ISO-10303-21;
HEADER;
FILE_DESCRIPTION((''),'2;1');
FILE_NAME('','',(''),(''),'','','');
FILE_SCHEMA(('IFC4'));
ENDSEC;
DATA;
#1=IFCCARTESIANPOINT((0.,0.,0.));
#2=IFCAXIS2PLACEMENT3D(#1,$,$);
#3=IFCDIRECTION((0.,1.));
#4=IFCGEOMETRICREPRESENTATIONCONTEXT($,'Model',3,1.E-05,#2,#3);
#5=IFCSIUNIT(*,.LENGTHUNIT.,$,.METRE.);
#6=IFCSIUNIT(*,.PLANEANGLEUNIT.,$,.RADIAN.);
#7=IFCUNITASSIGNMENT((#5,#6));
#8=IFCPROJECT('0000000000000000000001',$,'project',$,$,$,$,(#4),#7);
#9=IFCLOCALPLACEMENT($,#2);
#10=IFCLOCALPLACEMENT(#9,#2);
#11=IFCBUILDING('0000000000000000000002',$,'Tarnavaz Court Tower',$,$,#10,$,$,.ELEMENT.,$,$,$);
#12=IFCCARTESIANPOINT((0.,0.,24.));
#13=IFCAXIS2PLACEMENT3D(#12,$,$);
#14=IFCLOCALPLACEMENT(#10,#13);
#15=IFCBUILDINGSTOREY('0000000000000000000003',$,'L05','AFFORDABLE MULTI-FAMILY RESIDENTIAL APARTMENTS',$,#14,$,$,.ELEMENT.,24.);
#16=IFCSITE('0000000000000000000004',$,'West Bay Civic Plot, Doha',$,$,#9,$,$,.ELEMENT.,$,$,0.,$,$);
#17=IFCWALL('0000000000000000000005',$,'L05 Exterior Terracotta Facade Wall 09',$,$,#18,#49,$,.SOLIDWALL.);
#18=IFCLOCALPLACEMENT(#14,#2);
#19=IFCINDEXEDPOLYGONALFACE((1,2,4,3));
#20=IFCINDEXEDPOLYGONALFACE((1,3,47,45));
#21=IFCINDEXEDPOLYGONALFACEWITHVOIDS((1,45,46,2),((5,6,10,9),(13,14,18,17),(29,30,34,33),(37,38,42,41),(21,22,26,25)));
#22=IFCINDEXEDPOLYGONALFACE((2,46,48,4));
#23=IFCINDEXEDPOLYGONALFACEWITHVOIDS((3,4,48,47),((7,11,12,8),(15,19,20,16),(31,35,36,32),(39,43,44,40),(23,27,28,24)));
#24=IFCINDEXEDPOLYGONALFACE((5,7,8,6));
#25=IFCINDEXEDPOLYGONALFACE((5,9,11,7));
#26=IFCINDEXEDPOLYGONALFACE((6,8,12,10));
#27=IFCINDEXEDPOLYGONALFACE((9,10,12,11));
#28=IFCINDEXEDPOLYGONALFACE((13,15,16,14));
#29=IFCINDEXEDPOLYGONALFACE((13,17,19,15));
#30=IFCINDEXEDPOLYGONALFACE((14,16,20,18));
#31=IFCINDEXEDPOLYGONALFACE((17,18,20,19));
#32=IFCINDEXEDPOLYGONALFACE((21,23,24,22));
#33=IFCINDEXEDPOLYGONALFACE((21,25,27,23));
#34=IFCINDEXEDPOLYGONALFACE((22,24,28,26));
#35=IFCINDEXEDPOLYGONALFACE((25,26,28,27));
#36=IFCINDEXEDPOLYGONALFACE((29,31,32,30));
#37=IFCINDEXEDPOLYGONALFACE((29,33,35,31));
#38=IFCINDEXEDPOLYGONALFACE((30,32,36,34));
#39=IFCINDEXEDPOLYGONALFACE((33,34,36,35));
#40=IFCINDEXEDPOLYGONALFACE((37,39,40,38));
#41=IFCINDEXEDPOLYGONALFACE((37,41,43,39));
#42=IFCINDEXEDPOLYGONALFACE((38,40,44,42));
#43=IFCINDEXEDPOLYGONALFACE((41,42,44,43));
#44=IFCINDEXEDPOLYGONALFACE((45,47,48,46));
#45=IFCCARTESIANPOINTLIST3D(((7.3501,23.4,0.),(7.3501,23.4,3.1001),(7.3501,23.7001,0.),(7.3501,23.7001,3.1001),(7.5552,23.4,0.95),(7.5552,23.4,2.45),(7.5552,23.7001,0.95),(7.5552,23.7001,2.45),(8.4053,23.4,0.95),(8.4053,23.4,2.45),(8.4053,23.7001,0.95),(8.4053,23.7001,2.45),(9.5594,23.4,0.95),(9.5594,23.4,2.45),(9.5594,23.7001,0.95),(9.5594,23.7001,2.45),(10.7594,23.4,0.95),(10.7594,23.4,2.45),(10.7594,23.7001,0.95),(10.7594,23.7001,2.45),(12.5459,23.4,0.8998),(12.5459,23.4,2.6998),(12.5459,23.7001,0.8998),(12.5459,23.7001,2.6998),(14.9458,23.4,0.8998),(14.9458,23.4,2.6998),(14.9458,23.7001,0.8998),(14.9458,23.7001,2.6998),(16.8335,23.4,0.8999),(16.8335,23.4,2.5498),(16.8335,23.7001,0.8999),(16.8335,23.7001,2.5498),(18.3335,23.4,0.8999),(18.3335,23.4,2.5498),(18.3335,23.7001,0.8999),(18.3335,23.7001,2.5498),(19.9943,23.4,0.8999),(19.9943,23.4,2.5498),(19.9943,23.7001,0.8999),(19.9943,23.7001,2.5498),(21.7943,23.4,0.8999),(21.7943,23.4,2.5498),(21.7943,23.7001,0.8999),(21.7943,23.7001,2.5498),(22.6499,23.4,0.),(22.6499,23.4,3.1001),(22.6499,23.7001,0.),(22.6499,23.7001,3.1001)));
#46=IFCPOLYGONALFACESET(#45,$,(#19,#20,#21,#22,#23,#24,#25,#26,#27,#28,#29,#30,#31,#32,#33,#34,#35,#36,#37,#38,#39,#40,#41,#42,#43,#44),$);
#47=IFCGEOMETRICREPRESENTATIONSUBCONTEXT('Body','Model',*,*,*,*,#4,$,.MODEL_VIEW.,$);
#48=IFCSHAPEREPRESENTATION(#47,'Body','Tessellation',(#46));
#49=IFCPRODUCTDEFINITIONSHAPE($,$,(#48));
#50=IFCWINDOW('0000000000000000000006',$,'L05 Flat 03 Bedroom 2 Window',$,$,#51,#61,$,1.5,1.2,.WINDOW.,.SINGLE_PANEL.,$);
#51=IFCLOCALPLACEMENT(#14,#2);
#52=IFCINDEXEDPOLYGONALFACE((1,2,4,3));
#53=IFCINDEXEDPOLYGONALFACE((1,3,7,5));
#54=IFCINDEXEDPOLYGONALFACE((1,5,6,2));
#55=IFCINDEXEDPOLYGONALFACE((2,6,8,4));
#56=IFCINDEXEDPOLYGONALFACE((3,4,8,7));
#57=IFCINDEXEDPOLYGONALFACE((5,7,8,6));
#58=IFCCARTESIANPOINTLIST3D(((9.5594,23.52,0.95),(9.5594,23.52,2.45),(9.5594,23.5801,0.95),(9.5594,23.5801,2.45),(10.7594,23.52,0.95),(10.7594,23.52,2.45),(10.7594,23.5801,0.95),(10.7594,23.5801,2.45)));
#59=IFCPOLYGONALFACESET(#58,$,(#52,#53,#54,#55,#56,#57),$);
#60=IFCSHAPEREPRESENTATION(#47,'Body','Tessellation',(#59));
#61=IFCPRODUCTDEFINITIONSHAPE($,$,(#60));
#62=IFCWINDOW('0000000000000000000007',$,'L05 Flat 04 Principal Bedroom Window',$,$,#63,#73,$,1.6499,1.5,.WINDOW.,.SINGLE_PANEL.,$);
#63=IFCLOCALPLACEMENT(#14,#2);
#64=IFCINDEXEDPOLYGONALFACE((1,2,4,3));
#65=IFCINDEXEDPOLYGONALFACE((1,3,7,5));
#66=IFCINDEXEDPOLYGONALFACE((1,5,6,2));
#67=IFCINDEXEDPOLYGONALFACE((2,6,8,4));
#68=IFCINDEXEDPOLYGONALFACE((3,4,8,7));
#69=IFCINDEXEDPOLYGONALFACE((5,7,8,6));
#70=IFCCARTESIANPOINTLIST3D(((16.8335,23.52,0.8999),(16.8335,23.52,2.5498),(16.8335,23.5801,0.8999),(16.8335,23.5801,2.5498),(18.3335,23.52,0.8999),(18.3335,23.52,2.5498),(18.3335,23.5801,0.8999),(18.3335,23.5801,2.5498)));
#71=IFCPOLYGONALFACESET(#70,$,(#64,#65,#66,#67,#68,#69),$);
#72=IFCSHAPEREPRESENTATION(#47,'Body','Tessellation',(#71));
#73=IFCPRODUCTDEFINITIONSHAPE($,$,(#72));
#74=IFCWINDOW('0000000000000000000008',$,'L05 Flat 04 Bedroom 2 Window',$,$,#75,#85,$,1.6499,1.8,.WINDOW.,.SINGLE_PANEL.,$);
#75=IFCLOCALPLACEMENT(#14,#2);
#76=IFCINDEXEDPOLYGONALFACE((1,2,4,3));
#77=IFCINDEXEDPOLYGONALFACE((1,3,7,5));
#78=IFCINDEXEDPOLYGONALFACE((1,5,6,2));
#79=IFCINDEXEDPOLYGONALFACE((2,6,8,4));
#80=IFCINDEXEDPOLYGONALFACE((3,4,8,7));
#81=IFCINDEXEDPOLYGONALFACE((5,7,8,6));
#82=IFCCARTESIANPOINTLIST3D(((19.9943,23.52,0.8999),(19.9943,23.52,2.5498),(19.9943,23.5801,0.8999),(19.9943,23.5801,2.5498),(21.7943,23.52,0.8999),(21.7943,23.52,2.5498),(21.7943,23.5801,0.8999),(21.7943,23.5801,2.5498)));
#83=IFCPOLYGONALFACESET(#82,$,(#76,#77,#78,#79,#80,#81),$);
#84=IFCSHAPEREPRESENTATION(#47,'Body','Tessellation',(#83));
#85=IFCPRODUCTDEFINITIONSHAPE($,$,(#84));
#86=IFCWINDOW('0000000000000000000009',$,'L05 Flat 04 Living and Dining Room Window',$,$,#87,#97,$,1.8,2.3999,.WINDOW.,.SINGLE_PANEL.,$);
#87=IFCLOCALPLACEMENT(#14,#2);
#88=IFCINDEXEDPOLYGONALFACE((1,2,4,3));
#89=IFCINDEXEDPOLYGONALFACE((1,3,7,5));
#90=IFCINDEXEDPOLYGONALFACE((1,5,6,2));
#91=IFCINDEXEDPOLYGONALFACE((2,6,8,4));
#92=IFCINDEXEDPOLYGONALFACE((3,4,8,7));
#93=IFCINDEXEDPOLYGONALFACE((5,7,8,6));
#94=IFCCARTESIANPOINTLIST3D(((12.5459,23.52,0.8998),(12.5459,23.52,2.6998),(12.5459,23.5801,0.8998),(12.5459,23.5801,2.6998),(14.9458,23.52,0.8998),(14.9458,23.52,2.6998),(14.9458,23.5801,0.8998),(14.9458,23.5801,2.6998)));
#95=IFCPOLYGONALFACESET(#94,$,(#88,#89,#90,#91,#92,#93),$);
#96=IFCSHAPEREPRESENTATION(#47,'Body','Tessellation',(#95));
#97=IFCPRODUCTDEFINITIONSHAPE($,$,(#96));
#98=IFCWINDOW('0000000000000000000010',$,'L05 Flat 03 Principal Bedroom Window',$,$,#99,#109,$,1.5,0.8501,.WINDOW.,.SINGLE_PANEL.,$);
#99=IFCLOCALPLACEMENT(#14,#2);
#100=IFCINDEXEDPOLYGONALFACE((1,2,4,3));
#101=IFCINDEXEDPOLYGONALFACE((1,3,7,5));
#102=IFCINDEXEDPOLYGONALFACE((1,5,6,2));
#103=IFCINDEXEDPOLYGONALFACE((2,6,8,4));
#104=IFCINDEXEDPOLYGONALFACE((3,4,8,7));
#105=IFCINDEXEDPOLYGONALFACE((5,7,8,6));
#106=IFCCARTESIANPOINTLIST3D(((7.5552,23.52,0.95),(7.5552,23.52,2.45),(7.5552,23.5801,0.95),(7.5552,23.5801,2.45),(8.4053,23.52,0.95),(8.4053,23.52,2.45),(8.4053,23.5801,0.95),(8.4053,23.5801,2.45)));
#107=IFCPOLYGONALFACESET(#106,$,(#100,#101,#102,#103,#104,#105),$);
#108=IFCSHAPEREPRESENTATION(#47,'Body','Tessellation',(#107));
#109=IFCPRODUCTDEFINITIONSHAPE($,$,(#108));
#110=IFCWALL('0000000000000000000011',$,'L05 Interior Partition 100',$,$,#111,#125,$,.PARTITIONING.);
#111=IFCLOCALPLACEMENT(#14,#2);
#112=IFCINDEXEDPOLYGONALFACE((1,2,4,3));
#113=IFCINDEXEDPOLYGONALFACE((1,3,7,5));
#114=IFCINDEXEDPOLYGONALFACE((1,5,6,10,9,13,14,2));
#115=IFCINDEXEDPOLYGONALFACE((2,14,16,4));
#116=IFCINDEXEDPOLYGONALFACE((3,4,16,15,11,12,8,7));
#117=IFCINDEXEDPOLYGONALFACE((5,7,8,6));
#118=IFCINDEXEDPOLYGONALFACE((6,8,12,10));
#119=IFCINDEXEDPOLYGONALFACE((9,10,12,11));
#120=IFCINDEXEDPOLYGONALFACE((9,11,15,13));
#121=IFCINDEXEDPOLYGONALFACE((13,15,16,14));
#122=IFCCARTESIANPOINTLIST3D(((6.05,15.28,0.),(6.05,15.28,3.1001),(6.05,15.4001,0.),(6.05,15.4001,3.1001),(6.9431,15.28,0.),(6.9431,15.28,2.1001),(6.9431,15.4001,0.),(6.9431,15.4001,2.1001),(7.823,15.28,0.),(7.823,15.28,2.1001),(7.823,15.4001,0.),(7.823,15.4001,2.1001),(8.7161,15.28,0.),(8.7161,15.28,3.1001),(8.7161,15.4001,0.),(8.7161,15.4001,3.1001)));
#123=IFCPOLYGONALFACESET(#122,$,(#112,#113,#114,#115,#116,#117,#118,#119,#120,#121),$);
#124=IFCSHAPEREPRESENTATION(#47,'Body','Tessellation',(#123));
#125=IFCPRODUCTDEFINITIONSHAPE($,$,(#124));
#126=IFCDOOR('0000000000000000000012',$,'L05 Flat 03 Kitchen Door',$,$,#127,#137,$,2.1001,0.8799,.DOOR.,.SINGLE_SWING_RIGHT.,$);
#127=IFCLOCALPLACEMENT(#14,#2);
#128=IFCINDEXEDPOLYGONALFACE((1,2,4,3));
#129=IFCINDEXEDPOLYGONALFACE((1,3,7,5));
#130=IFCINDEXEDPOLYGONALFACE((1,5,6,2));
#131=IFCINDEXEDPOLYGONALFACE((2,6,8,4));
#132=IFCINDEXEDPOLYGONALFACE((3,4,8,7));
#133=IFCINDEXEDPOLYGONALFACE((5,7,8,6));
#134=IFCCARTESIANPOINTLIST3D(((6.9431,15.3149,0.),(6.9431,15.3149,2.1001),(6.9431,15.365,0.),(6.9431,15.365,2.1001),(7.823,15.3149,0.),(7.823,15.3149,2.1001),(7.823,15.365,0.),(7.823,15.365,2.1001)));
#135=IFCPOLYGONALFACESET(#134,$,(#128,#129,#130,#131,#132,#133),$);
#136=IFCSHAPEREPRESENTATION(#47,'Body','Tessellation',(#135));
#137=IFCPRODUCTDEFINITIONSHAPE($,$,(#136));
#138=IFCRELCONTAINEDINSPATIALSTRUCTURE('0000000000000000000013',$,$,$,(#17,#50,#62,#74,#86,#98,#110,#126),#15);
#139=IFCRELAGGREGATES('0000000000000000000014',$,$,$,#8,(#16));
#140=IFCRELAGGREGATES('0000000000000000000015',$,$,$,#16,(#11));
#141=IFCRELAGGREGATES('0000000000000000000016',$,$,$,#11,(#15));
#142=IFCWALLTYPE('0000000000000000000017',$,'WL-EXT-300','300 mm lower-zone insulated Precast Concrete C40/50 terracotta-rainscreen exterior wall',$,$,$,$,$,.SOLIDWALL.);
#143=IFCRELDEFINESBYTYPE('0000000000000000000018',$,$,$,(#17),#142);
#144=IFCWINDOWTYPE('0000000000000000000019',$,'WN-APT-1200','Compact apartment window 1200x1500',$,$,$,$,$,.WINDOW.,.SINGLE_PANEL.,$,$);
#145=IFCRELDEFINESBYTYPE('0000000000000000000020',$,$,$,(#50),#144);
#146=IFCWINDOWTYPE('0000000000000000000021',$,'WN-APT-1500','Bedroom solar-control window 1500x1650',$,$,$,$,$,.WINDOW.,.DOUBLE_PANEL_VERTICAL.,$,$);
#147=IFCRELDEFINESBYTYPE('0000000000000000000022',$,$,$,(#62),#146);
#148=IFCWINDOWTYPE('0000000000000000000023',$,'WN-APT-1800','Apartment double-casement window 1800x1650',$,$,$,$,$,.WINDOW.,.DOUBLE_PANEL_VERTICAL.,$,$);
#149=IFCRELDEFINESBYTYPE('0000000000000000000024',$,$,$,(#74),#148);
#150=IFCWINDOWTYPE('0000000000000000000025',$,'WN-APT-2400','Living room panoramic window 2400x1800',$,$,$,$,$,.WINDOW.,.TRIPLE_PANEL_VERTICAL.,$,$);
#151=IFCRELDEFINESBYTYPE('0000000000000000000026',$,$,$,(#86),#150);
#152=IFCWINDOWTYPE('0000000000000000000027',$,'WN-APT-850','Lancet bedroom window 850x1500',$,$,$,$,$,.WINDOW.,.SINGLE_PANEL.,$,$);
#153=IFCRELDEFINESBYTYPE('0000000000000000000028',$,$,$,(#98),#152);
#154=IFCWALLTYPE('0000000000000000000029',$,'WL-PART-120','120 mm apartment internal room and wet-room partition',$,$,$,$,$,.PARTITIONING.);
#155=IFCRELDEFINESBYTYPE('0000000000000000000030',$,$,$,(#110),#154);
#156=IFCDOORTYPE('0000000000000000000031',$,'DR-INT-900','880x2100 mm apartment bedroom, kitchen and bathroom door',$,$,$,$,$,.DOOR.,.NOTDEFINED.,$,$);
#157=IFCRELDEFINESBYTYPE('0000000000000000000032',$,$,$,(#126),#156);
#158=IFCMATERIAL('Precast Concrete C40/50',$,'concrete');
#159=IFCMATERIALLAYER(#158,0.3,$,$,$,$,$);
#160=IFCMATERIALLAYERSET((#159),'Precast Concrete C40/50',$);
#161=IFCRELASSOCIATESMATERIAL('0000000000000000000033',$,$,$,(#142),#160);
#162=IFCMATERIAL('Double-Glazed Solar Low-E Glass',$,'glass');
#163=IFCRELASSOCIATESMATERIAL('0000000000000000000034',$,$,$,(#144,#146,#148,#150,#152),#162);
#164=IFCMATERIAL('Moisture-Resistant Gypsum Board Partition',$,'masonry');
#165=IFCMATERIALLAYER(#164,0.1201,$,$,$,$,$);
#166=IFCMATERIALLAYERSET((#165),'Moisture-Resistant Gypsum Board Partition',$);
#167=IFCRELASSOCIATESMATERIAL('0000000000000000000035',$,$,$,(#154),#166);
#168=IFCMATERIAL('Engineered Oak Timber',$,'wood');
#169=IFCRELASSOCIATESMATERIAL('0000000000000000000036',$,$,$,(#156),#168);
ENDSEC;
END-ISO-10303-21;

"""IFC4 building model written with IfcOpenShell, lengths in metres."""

from ifc_helpers import new_model, si_unit, direction, frame, frame_2d, origin, place, context, subcontext, project, spatial, rectangle, extrude, material, layer, layer_set, type_object, element, fill, save


model = new_model("IFC4")

# Units and contexts
model_context = context("Model", 3, precision=1e-05, world=origin(), true_north=direction((0.0, 1.0)))
body_context = subcontext(model_context, "Body", "Model", "MODEL_VIEW")
ifc_project = project(units=[si_unit("LENGTHUNIT", "METRE"), si_unit("PLANEANGLEUNIT", "RADIAN")], contexts=[model_context])

# Site, building, storey
site_placement = place(None, origin())
site = spatial("IfcSite", under=ifc_project, at=site_placement, Name="West Bay Civic Plot, Doha", CompositionType="ELEMENT", RefElevation=0.0)
building_placement = place(site_placement, origin())
building = spatial("IfcBuilding", under=site, at=building_placement, Name="Tarnavaz Court Tower", CompositionType="ELEMENT")
storey_placement = place(building_placement, frame((0.0, 0.0, 24.0)))
storey = spatial("IfcBuildingStorey", under=building, at=storey_placement, Name="L05", Description="AFFORDABLE MULTI-FAMILY RESIDENTIAL APARTMENTS", CompositionType="ELEMENT", Elevation=24.0)

# Wall, openings, windows
ifc_material_1 = material(Name="Precast Concrete C40/50", Category="concrete")
ifc_layer_1 = layer(ifc_material_1, 0.3)
ifc_layer_set_1 = layer_set([ifc_layer_1], Name="Precast Concrete C40/50")
wall_type_1 = type_object("IfcWallType", Name="WL-EXT-300", Description="300 mm lower-zone insulated Precast Concrete C40/50 terracotta-rainscreen exterior wall", PredefinedType="SOLIDWALL", material=ifc_layer_set_1)
wall_1_placement = place(storey_placement, frame((7.3501, 23.55, 0.0), z_axis=(0.0, 0.0, 1.0), x_axis=(1.0, 0.0, 0.0)))
wall_1 = element("IfcWall", 1, at=wall_1_placement, inside=storey, type_object=wall_type_1, Name="L05 Exterior Terracotta Facade Wall 09", PredefinedType="SOLIDWALL", context=body_context, shape_type="SweptSolid", body=[
    extrude(rectangle(XDim=15.2998, YDim=0.3, at=frame_2d((7.6499, 0.0))), origin(), (0.0, 0.0, 1.0), 3.1001),
])
opening_1_placement = place(wall_1_placement, frame((0.2051, 0.0, 0.95)))
opening_1 = element("IfcOpeningElement", 2, at=opening_1_placement, cuts=wall_1, PredefinedType="OPENING", context=body_context, shape_type="SweptSolid", body=[
    extrude(rectangle(XDim=0.8501, YDim=1.5, at=frame_2d((0.425, 0.75))), frame((0.0, 0.1599, 0.0), z_axis=(0.0, -1.0, 0.0), x_axis=(1.0, 0.0, 0.0)), (0.0, 0.0, 1.0), 0.3201),
])
opening_2_placement = place(wall_1_placement, frame((2.2092, 0.0, 0.95)))
opening_2 = element("IfcOpeningElement", 3, at=opening_2_placement, cuts=wall_1, PredefinedType="OPENING", context=body_context, shape_type="SweptSolid", body=[
    extrude(rectangle(XDim=1.2, YDim=1.5, at=frame_2d((0.6001, 0.75))), frame((0.0, 0.1599, 0.0), z_axis=(0.0, -1.0, 0.0), x_axis=(1.0, 0.0, 0.0)), (0.0, 0.0, 1.0), 0.3201),
])
opening_3_placement = place(wall_1_placement, frame((5.1958, 0.0, 0.8999)))
opening_3 = element("IfcOpeningElement", 4, at=opening_3_placement, cuts=wall_1, PredefinedType="OPENING", context=body_context, shape_type="SweptSolid", body=[
    extrude(rectangle(XDim=2.3999, YDim=1.8, at=frame_2d((1.2, 0.8999))), frame((0.0, 0.1599, 0.0), z_axis=(0.0, -1.0, 0.0), x_axis=(1.0, 0.0, 0.0)), (0.0, 0.0, 1.0), 0.3201),
])
opening_4_placement = place(wall_1_placement, frame((9.4834, 0.0, 0.8999)))
opening_4 = element("IfcOpeningElement", 5, at=opening_4_placement, cuts=wall_1, PredefinedType="OPENING", context=body_context, shape_type="SweptSolid", body=[
    extrude(rectangle(XDim=1.5, YDim=1.6499, at=frame_2d((0.75, 0.825))), frame((0.0, 0.1599, 0.0), z_axis=(0.0, -1.0, 0.0), x_axis=(1.0, 0.0, 0.0)), (0.0, 0.0, 1.0), 0.3201),
])
opening_5_placement = place(wall_1_placement, frame((12.6443, 0.0, 0.8999)))
opening_5 = element("IfcOpeningElement", 6, at=opening_5_placement, cuts=wall_1, PredefinedType="OPENING", context=body_context, shape_type="SweptSolid", body=[
    extrude(rectangle(XDim=1.8, YDim=1.6499, at=frame_2d((0.8999, 0.825))), frame((0.0, 0.1599, 0.0), z_axis=(0.0, -1.0, 0.0), x_axis=(1.0, 0.0, 0.0)), (0.0, 0.0, 1.0), 0.3201),
])
ifc_material_2 = material(Name="Double-Glazed Solar Low-E Glass", Category="glass")
window_type_1 = type_object("IfcWindowType", Name="WN-APT-1200", Description="Compact apartment window 1200x1500", PartitioningType="SINGLE_PANEL", PredefinedType="WINDOW", material=ifc_material_2)
window_1_placement = place(opening_2_placement, origin())
window_1 = element("IfcWindow", 7, at=window_1_placement, inside=storey, type_object=window_type_1, Name="L05 Flat 03 Bedroom 2 Window", OverallHeight=1.5, OverallWidth=1.2, PartitioningType="SINGLE_PANEL", PredefinedType="WINDOW", context=body_context, shape_type="SweptSolid", body=[
    extrude(rectangle(XDim=1.2, YDim=1.5, at=frame_2d((0.6001, 0.75))), frame((0.0, 0.03, 0.0), z_axis=(0.0, -1.0, 0.0), x_axis=(1.0, 0.0, 0.0)), (0.0, 0.0, 1.0), 0.0601),
])
fill(opening_2, window_1)
window_type_2 = type_object("IfcWindowType", Name="WN-APT-1500", Description="Bedroom solar-control window 1500x1650", PartitioningType="DOUBLE_PANEL_VERTICAL", PredefinedType="WINDOW", material=ifc_material_2)
window_2_placement = place(opening_4_placement, origin())
window_2 = element("IfcWindow", 8, at=window_2_placement, inside=storey, type_object=window_type_2, Name="L05 Flat 04 Principal Bedroom Window", OverallHeight=1.6499, OverallWidth=1.5, PartitioningType="SINGLE_PANEL", PredefinedType="WINDOW", context=body_context, shape_type="SweptSolid", body=[
    extrude(rectangle(XDim=1.5, YDim=1.6499, at=frame_2d((0.75, 0.825))), frame((0.0, 0.03, 0.0), z_axis=(0.0, -1.0, 0.0), x_axis=(1.0, 0.0, 0.0)), (0.0, 0.0, 1.0), 0.0601),
])
fill(opening_4, window_2)
window_type_3 = type_object("IfcWindowType", Name="WN-APT-1800", Description="Apartment double-casement window 1800x1650", PartitioningType="DOUBLE_PANEL_VERTICAL", PredefinedType="WINDOW", material=ifc_material_2)
window_3_placement = place(opening_5_placement, origin())
window_3 = element("IfcWindow", 9, at=window_3_placement, inside=storey, type_object=window_type_3, Name="L05 Flat 04 Bedroom 2 Window", OverallHeight=1.6499, OverallWidth=1.8, PartitioningType="SINGLE_PANEL", PredefinedType="WINDOW", context=body_context, shape_type="SweptSolid", body=[
    extrude(rectangle(XDim=1.8, YDim=1.6499, at=frame_2d((0.8999, 0.825))), frame((0.0, 0.03, 0.0), z_axis=(0.0, -1.0, 0.0), x_axis=(1.0, 0.0, 0.0)), (0.0, 0.0, 1.0), 0.0601),
])
fill(opening_5, window_3)
window_type_4 = type_object("IfcWindowType", Name="WN-APT-2400", Description="Living room panoramic window 2400x1800", PartitioningType="TRIPLE_PANEL_VERTICAL", PredefinedType="WINDOW", material=ifc_material_2)
window_4_placement = place(opening_3_placement, origin())
window_4 = element("IfcWindow", 10, at=window_4_placement, inside=storey, type_object=window_type_4, Name="L05 Flat 04 Living and Dining Room Window", OverallHeight=1.8, OverallWidth=2.3999, PartitioningType="SINGLE_PANEL", PredefinedType="WINDOW", context=body_context, shape_type="SweptSolid", body=[
    extrude(rectangle(XDim=2.3999, YDim=1.8, at=frame_2d((1.2, 0.8999))), frame((0.0, 0.03, 0.0), z_axis=(0.0, -1.0, 0.0), x_axis=(1.0, 0.0, 0.0)), (0.0, 0.0, 1.0), 0.0601),
])
fill(opening_3, window_4)
window_type_5 = type_object("IfcWindowType", Name="WN-APT-850", Description="Lancet bedroom window 850x1500", PartitioningType="SINGLE_PANEL", PredefinedType="WINDOW", material=ifc_material_2)
window_5_placement = place(opening_1_placement, origin())
window_5 = element("IfcWindow", 11, at=window_5_placement, inside=storey, type_object=window_type_5, Name="L05 Flat 03 Principal Bedroom Window", OverallHeight=1.5, OverallWidth=0.8501, PartitioningType="SINGLE_PANEL", PredefinedType="WINDOW", context=body_context, shape_type="SweptSolid", body=[
    extrude(rectangle(XDim=0.8501, YDim=1.5, at=frame_2d((0.425, 0.75))), frame((0.0, 0.03, 0.0), z_axis=(0.0, -1.0, 0.0), x_axis=(1.0, 0.0, 0.0)), (0.0, 0.0, 1.0), 0.0601),
])
fill(opening_1, window_5)

# Wall, opening, door
ifc_material_3 = material(Name="Moisture-Resistant Gypsum Board Partition", Category="masonry")
ifc_layer_2 = layer(ifc_material_3, 0.1201)
ifc_layer_set_2 = layer_set([ifc_layer_2], Name="Moisture-Resistant Gypsum Board Partition")
wall_type_2 = type_object("IfcWallType", Name="WL-PART-120", Description="120 mm apartment internal room and wet-room partition", PredefinedType="PARTITIONING", material=ifc_layer_set_2)
wall_2_placement = place(storey_placement, frame((6.05, 15.3401, 0.0), z_axis=(0.0, 0.0, 1.0), x_axis=(1.0, 0.0, 0.0)))
wall_2 = element("IfcWall", 12, at=wall_2_placement, inside=storey, type_object=wall_type_2, Name="L05 Interior Partition 100", PredefinedType="PARTITIONING", context=body_context, shape_type="SweptSolid", body=[
    extrude(rectangle(XDim=2.666, YDim=0.1201, at=frame_2d((1.333, 0.0))), origin(), (0.0, 0.0, 1.0), 3.1001),
])
opening_6_placement = place(wall_2_placement, frame((0.8931, 0.0, 0.0)))
opening_6 = element("IfcOpeningElement", 13, at=opening_6_placement, cuts=wall_2, PredefinedType="OPENING", context=body_context, shape_type="SweptSolid", body=[
    extrude(rectangle(XDim=0.8799, YDim=2.1001, at=frame_2d((0.4399, 1.05))), frame((0.0, 0.0701, 0.0), z_axis=(0.0, -1.0, 0.0), x_axis=(1.0, 0.0, 0.0)), (0.0, 0.0, 1.0), 0.1401),
])
ifc_material_4 = material(Name="Engineered Oak Timber", Category="wood")
door_type = type_object("IfcDoorType", Name="DR-INT-900", Description="880x2100 mm apartment bedroom, kitchen and bathroom door", OperationType="NOTDEFINED", PredefinedType="DOOR", material=ifc_material_4)
door_1_placement = place(opening_6_placement, origin())
door_1 = element("IfcDoor", 14, at=door_1_placement, inside=storey, type_object=door_type, Name="L05 Flat 03 Kitchen Door", OperationType="SINGLE_SWING_RIGHT", OverallHeight=2.1001, OverallWidth=0.8799, PredefinedType="DOOR", context=body_context, shape_type="SweptSolid", body=[
    extrude(rectangle(XDim=0.8799, YDim=2.1001, at=frame_2d((0.4399, 1.05))), frame((0.0, 0.0249, 0.0), z_axis=(0.0, -1.0, 0.0), x_axis=(1.0, 0.0, 0.0)), (0.0, 0.0, 1.0), 0.05),
])
fill(opening_6, door_1)

save(model, "model.ifc")
